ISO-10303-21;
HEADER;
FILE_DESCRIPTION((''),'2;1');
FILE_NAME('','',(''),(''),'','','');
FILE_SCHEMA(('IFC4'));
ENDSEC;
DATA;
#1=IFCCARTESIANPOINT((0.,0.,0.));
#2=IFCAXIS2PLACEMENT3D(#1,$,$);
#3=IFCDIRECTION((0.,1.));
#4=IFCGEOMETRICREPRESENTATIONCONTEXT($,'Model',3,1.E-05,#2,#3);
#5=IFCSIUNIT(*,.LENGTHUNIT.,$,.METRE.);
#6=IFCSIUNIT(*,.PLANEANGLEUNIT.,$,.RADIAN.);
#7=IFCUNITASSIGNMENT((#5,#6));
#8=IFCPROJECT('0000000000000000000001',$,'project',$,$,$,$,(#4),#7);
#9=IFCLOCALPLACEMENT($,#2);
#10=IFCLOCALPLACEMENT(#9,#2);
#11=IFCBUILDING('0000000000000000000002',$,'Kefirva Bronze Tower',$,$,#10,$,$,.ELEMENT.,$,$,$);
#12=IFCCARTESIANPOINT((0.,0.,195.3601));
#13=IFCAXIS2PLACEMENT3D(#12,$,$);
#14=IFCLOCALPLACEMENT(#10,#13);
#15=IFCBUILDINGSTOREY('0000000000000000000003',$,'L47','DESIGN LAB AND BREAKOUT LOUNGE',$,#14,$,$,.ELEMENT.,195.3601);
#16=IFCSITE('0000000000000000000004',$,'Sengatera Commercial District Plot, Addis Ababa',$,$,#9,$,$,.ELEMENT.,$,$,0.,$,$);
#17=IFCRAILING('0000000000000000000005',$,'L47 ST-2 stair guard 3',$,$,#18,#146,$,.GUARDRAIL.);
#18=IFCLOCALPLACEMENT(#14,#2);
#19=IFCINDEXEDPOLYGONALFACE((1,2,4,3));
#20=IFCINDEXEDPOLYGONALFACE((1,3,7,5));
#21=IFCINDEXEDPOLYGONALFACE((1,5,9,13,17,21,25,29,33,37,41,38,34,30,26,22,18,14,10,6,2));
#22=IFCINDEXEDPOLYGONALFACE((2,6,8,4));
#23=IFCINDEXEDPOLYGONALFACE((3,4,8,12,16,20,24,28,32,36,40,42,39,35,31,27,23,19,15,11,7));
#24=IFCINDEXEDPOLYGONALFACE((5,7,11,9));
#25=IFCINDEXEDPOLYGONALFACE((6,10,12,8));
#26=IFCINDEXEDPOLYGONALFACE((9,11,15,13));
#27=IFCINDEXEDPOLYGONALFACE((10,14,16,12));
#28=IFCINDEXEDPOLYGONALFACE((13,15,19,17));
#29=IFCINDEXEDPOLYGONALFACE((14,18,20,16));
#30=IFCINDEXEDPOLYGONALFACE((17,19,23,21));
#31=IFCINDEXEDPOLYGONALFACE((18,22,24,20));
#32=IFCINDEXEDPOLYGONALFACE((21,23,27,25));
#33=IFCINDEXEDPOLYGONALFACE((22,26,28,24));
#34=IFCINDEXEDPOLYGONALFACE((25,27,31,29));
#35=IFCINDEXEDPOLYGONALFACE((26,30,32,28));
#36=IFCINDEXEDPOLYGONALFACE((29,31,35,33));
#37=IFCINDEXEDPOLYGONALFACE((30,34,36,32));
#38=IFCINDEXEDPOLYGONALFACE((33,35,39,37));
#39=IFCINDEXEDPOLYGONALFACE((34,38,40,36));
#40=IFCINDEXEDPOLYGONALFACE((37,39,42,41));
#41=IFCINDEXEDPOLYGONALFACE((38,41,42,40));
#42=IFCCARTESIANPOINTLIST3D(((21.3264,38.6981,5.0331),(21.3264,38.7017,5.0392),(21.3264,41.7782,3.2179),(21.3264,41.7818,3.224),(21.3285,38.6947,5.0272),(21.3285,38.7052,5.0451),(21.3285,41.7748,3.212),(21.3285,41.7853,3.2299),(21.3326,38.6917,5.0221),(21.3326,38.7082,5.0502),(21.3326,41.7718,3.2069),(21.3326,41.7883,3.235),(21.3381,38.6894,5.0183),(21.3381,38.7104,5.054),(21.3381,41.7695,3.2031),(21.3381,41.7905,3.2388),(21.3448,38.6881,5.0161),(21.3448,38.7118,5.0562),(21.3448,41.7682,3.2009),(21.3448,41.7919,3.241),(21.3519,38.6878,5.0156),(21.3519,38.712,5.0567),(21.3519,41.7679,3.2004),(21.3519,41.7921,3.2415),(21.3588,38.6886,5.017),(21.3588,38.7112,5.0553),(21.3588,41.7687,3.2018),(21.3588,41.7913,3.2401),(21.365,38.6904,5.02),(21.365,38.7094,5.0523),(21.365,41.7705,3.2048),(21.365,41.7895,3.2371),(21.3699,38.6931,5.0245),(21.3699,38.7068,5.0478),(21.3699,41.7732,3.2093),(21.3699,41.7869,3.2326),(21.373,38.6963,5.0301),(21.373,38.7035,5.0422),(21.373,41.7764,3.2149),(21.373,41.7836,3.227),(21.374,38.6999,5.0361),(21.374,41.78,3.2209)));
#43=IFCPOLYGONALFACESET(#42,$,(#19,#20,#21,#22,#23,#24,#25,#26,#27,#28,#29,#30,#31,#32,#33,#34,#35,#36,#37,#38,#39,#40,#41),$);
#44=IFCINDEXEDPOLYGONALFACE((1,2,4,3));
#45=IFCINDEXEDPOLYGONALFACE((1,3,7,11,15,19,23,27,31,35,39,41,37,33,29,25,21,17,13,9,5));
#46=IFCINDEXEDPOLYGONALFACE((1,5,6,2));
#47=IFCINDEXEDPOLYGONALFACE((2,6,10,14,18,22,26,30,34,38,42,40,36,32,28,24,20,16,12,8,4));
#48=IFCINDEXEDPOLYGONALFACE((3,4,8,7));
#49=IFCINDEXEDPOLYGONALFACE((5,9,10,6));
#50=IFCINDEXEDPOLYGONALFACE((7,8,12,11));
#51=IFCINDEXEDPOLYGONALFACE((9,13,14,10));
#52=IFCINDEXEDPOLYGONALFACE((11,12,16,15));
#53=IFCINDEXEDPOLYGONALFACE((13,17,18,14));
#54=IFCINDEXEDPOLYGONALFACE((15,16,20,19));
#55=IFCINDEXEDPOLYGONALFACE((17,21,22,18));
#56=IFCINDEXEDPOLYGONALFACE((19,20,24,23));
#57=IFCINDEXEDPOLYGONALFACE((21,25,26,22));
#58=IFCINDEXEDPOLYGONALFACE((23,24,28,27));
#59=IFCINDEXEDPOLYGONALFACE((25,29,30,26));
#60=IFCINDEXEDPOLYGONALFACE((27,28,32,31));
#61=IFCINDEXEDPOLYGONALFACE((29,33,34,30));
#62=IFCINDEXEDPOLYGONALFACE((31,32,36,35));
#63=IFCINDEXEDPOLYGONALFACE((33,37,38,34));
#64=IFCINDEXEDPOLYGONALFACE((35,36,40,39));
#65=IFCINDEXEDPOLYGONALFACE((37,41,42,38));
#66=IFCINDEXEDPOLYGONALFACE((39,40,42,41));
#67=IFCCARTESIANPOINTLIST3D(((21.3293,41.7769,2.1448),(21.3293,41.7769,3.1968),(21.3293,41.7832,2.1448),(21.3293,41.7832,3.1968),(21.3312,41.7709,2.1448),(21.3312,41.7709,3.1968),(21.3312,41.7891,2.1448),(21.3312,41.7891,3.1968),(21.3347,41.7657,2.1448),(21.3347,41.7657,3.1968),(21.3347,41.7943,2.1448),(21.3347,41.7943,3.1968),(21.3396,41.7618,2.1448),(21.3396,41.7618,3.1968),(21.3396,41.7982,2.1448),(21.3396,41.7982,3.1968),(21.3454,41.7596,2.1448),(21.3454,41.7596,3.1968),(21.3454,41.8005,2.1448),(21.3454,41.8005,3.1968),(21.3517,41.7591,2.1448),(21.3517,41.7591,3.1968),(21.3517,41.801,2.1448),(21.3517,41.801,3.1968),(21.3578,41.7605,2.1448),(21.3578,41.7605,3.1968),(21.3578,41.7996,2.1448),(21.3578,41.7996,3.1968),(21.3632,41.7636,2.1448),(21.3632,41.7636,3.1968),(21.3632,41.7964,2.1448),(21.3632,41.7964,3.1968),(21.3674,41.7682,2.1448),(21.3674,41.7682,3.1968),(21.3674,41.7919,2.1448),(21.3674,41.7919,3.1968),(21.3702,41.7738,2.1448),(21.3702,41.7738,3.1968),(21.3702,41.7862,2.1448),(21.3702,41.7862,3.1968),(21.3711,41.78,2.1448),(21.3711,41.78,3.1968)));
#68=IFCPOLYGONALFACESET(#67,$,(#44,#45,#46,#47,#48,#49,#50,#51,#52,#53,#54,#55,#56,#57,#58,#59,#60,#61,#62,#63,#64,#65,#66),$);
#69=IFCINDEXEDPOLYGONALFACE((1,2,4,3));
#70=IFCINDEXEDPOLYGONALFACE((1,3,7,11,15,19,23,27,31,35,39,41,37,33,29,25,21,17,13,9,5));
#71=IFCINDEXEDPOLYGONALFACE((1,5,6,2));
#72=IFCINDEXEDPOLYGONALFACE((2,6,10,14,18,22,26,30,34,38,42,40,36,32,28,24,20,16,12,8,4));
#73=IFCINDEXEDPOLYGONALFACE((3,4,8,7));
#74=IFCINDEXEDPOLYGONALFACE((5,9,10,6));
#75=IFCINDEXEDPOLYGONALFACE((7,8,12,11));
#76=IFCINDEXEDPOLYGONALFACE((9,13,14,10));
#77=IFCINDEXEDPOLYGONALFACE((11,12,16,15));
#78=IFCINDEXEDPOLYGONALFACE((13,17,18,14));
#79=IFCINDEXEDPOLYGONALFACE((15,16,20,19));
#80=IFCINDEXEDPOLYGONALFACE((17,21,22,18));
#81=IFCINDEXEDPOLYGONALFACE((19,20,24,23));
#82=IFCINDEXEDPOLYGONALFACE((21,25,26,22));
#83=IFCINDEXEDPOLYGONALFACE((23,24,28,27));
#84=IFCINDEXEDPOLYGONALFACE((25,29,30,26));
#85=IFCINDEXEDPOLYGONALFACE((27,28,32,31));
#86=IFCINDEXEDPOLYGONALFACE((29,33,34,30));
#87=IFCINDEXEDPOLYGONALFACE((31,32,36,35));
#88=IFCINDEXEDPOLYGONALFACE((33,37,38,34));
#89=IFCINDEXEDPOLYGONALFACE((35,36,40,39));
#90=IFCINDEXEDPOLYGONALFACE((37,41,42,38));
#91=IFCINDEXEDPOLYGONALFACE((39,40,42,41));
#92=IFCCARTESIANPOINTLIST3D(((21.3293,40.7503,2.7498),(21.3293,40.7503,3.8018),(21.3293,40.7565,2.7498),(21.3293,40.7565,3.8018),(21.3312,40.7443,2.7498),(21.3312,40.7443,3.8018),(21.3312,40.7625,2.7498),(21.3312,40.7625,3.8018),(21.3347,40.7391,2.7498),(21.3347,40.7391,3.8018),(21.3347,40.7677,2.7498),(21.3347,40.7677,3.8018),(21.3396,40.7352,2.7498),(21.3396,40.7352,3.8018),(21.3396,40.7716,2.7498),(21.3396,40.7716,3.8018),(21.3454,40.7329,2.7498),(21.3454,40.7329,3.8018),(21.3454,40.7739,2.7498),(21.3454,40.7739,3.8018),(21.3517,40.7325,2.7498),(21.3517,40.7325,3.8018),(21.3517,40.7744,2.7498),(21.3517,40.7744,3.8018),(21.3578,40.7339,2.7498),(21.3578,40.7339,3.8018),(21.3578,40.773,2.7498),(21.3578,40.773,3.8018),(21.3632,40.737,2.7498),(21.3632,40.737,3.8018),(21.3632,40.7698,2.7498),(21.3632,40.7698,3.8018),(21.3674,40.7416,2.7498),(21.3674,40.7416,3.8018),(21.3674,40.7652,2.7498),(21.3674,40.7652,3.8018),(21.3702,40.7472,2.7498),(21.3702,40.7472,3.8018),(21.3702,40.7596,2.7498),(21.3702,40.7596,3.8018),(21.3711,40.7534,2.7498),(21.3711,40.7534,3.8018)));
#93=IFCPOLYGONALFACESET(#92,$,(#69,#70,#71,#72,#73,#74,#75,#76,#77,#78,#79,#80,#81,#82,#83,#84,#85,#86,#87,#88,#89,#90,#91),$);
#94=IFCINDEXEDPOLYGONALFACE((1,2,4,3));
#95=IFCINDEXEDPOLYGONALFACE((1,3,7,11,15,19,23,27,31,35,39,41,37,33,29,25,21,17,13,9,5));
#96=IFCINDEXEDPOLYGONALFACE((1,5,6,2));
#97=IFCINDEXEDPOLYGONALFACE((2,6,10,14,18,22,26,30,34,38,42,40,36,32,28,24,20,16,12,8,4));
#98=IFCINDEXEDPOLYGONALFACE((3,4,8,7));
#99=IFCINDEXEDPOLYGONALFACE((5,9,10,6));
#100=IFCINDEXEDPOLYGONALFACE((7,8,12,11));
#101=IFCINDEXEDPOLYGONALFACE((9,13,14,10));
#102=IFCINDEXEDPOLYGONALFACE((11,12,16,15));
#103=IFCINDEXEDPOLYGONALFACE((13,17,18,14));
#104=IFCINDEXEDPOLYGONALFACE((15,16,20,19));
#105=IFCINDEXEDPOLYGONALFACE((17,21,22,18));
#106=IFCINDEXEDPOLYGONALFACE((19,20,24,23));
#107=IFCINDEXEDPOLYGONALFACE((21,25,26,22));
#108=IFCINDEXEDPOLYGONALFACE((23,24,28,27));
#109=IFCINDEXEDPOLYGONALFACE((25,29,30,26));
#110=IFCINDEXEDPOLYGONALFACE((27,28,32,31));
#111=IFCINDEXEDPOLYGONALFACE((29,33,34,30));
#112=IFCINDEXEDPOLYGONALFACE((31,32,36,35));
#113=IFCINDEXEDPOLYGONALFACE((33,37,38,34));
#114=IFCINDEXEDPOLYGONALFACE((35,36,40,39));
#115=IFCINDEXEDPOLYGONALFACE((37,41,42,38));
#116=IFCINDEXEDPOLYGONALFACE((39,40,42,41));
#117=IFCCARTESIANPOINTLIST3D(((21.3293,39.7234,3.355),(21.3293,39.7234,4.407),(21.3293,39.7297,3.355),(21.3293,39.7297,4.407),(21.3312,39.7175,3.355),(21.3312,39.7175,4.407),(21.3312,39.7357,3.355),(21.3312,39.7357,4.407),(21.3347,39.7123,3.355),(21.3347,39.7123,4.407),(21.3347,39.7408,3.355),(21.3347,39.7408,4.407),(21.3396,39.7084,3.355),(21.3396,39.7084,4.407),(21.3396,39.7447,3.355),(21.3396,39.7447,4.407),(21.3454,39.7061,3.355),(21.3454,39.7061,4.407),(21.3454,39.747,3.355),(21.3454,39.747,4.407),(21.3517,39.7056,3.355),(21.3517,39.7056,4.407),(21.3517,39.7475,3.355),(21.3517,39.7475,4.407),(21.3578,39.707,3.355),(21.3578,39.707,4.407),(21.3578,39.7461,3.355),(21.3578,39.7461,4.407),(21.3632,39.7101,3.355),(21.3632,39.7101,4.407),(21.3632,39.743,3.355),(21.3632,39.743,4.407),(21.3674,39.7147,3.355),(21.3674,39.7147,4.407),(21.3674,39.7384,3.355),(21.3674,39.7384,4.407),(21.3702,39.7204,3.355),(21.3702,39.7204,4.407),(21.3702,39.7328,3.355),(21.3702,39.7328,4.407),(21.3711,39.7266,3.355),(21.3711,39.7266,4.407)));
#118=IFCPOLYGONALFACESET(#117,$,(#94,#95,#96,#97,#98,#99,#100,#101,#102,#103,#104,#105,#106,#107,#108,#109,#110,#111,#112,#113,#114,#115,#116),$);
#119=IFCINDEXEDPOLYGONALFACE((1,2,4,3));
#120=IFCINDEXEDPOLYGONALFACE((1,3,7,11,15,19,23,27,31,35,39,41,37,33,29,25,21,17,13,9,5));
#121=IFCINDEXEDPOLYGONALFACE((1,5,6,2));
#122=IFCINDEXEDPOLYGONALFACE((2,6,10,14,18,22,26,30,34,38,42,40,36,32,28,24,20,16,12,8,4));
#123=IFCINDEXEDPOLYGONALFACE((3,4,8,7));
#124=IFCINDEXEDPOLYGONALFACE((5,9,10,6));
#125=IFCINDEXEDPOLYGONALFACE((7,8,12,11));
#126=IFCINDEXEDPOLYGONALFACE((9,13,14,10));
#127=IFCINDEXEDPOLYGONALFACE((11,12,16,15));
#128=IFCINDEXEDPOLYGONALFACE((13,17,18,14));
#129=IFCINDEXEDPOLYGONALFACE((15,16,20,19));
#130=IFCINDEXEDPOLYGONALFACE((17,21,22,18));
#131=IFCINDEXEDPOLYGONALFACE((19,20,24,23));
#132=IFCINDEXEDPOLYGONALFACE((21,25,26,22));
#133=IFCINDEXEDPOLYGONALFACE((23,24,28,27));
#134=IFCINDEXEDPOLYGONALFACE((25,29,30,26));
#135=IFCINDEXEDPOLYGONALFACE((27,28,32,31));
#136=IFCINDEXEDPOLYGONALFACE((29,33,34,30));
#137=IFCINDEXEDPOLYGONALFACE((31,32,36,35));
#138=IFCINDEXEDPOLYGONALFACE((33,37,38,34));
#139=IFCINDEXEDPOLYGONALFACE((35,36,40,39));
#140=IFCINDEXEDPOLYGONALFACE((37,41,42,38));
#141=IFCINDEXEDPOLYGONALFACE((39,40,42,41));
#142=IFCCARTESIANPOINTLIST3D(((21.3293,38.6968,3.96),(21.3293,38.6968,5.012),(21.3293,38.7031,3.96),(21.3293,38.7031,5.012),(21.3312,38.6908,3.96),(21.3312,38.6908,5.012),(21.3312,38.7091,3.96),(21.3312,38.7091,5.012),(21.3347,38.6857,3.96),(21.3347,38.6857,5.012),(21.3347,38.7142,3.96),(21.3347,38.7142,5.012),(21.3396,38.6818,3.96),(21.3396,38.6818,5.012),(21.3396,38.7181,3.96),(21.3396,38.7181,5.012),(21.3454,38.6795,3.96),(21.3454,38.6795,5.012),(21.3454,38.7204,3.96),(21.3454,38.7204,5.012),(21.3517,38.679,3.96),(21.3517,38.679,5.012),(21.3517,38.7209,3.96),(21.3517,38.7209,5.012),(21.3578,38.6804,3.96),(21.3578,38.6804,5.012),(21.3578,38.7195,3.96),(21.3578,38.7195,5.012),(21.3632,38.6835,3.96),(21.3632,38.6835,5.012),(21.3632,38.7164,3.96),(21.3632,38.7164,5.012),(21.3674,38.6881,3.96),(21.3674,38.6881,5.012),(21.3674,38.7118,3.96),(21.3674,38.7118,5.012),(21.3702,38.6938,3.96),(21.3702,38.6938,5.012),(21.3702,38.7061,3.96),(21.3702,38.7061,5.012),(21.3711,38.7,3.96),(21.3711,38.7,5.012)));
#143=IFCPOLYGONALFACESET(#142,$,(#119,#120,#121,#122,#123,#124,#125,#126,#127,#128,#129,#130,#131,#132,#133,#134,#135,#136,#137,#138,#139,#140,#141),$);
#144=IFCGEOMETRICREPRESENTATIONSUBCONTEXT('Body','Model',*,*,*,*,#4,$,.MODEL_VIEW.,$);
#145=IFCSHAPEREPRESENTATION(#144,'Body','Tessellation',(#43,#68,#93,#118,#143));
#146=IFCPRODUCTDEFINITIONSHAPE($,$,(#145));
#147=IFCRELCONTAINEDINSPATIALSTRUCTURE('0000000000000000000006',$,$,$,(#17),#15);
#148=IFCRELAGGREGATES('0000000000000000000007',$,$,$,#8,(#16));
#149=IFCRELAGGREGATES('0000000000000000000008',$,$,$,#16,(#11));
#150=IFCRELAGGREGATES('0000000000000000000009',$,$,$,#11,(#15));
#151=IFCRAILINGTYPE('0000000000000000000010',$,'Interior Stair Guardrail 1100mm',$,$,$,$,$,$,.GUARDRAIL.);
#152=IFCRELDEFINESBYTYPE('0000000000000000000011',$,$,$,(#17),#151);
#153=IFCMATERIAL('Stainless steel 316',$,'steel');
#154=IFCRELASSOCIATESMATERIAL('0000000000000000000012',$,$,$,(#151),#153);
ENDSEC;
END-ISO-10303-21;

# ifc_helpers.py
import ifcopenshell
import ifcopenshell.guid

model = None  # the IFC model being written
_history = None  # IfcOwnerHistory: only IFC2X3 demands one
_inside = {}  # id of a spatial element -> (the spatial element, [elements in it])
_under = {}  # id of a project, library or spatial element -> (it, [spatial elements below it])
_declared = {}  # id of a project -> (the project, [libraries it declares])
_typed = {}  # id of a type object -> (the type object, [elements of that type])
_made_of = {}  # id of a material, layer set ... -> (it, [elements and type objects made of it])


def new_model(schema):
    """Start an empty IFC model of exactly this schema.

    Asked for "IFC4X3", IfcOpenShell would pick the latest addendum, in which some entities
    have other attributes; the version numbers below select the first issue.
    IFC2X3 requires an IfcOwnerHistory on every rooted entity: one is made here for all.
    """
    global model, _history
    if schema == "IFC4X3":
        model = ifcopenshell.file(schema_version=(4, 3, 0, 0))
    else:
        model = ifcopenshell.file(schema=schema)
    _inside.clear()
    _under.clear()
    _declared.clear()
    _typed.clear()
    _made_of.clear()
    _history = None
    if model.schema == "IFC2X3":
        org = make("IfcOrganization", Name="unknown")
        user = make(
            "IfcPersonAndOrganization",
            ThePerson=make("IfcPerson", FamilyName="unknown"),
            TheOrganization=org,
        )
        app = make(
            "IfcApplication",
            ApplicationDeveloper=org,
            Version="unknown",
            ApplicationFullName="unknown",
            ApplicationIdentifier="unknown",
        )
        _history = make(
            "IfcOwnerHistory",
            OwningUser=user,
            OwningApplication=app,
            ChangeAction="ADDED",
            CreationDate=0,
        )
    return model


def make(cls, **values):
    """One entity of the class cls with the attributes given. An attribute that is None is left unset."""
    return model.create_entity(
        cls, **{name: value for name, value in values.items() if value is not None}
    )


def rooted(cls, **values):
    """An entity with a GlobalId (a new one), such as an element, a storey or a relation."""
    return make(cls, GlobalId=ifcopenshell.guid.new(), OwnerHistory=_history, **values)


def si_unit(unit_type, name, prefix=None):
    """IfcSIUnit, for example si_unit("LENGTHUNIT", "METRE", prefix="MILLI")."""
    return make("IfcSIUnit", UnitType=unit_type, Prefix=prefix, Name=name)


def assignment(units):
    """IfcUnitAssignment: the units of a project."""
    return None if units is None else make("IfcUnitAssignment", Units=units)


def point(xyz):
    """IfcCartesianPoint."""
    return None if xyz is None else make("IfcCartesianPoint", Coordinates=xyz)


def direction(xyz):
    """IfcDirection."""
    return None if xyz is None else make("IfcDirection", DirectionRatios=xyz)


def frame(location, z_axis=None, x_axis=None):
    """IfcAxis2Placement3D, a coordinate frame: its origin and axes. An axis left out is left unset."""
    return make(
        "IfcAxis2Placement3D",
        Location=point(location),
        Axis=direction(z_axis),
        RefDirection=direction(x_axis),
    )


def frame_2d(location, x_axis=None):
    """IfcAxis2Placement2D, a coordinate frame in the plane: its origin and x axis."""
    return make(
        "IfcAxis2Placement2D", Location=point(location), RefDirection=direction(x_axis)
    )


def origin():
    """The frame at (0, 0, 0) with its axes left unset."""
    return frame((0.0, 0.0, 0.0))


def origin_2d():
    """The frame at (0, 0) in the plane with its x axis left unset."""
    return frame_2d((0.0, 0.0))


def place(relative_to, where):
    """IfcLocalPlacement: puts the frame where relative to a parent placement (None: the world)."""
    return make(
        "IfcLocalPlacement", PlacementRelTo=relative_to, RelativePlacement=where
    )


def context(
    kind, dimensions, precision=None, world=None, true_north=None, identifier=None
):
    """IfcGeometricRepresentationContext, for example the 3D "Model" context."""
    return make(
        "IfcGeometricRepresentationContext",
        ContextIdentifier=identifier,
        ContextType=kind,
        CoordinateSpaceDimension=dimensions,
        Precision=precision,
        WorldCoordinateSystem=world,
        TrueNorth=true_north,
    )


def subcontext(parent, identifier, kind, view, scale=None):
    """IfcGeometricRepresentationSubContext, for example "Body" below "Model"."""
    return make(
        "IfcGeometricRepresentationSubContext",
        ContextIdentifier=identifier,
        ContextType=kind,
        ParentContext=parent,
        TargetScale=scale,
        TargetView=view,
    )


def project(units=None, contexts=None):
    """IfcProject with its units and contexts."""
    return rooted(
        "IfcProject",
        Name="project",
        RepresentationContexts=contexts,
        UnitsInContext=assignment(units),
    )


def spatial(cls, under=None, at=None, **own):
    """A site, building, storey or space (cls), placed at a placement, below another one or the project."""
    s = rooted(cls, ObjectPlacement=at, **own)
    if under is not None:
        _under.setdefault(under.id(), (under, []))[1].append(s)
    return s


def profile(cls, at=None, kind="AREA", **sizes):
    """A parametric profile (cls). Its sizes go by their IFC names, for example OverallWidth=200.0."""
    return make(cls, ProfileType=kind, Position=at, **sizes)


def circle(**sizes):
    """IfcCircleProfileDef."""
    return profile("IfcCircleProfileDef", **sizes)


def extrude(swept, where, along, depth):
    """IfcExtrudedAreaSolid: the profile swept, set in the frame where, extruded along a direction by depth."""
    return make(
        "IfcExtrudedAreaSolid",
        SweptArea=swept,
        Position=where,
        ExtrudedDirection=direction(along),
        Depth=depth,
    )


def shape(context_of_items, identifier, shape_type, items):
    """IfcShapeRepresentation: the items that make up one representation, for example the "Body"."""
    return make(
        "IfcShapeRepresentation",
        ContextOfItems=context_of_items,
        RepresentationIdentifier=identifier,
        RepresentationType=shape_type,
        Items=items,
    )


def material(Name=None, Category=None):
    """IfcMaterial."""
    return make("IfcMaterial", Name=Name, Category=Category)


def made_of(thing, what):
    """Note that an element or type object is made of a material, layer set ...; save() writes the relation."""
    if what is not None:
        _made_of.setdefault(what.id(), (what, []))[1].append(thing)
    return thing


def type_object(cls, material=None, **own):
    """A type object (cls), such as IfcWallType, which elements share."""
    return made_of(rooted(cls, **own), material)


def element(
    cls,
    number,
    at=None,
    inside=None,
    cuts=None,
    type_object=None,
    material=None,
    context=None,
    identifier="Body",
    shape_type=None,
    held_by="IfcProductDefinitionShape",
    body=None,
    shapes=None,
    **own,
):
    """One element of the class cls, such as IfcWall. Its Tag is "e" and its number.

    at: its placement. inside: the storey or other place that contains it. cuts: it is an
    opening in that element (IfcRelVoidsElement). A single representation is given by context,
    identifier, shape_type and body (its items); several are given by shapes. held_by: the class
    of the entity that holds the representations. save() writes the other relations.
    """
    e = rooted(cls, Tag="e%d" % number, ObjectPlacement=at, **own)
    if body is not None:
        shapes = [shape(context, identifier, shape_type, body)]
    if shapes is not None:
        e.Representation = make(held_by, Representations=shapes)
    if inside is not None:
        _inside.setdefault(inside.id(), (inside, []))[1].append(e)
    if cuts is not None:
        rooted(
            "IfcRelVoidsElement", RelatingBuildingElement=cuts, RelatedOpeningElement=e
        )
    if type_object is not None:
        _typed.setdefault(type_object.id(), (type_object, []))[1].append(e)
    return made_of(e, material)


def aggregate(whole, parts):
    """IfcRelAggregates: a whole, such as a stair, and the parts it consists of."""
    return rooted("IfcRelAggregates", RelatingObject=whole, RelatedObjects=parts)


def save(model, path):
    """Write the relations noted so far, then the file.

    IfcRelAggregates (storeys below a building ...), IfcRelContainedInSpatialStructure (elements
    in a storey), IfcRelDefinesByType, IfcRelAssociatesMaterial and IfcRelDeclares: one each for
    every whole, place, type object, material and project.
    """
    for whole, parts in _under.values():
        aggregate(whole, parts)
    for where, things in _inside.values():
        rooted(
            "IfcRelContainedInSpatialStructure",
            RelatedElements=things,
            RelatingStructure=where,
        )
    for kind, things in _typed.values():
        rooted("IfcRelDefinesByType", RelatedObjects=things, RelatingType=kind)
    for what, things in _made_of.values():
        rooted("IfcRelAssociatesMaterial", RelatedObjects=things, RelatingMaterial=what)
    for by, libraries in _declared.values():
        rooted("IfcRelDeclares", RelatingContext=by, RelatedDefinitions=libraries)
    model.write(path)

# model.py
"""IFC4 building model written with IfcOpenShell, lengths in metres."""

from ifc_helpers import new_model, si_unit, direction, frame, origin, origin_2d, place, context, subcontext, project, spatial, circle, extrude, material, type_object, element, save


model = new_model("IFC4")

# Units and contexts
model_context = context("Model", 3, precision=1e-05, world=origin(), true_north=direction((0.0, 1.0)))
body_context = subcontext(model_context, "Body", "Model", "MODEL_VIEW")
ifc_project = project(units=[si_unit("LENGTHUNIT", "METRE"), si_unit("PLANEANGLEUNIT", "RADIAN")], contexts=[model_context])

# Site, building, storey
site_placement = place(None, origin())
site = spatial("IfcSite", under=ifc_project, at=site_placement, Name="Sengatera Commercial District Plot, Addis Ababa", CompositionType="ELEMENT", RefElevation=0.0)
building_placement = place(site_placement, origin())
building = spatial("IfcBuilding", under=site, at=building_placement, Name="Kefirva Bronze Tower", CompositionType="ELEMENT")
storey_placement = place(building_placement, frame((0.0, 0.0, 195.3601)))
storey = spatial("IfcBuildingStorey", under=building, at=storey_placement, Name="L47", Description="DESIGN LAB AND BREAKOUT LOUNGE", CompositionType="ELEMENT", Elevation=195.3601)

# Railing
ifc_material_1 = material(Name="Stainless steel 316", Category="steel")
railing_type_1 = type_object("IfcRailingType", Name="Interior Stair Guardrail 1100mm", PredefinedType="GUARDRAIL", material=ifc_material_1)
railing_1_placement = place(storey_placement, frame((21.3501, 41.78, 2.1448)))
element("IfcRailing", 1, at=railing_1_placement, inside=storey, type_object=railing_type_1, Name="L47 ST-2 stair guard 3", PredefinedType="GUARDRAIL", context=body_context, shape_type="SweptSolid", body=[
    extrude(circle(Radius=0.0239, at=origin_2d()), frame((0.0, 0.0, 1.0762), z_axis=(0.0, -0.861521, 0.507721), x_axis=(1.0, 0.0, 0.0)), (0.0, 0.0, 1.0), 3.5752),
    extrude(circle(Radius=0.021, at=origin_2d()), origin(), (0.0, 0.0, 1.0), 1.052),
    extrude(circle(Radius=0.021, at=origin_2d()), frame((0.0, -1.0266, 0.605)), (0.0, 0.0, 1.0), 1.052),
    extrude(circle(Radius=0.021, at=origin_2d()), frame((0.0, -2.0535, 1.2102)), (0.0, 0.0, 1.0), 1.052),
    extrude(circle(Radius=0.021, at=origin_2d()), frame((0.0, -3.0801, 1.8152)), (0.0, 0.0, 1.0), 1.052),
])

save(model, "model.ifc")
